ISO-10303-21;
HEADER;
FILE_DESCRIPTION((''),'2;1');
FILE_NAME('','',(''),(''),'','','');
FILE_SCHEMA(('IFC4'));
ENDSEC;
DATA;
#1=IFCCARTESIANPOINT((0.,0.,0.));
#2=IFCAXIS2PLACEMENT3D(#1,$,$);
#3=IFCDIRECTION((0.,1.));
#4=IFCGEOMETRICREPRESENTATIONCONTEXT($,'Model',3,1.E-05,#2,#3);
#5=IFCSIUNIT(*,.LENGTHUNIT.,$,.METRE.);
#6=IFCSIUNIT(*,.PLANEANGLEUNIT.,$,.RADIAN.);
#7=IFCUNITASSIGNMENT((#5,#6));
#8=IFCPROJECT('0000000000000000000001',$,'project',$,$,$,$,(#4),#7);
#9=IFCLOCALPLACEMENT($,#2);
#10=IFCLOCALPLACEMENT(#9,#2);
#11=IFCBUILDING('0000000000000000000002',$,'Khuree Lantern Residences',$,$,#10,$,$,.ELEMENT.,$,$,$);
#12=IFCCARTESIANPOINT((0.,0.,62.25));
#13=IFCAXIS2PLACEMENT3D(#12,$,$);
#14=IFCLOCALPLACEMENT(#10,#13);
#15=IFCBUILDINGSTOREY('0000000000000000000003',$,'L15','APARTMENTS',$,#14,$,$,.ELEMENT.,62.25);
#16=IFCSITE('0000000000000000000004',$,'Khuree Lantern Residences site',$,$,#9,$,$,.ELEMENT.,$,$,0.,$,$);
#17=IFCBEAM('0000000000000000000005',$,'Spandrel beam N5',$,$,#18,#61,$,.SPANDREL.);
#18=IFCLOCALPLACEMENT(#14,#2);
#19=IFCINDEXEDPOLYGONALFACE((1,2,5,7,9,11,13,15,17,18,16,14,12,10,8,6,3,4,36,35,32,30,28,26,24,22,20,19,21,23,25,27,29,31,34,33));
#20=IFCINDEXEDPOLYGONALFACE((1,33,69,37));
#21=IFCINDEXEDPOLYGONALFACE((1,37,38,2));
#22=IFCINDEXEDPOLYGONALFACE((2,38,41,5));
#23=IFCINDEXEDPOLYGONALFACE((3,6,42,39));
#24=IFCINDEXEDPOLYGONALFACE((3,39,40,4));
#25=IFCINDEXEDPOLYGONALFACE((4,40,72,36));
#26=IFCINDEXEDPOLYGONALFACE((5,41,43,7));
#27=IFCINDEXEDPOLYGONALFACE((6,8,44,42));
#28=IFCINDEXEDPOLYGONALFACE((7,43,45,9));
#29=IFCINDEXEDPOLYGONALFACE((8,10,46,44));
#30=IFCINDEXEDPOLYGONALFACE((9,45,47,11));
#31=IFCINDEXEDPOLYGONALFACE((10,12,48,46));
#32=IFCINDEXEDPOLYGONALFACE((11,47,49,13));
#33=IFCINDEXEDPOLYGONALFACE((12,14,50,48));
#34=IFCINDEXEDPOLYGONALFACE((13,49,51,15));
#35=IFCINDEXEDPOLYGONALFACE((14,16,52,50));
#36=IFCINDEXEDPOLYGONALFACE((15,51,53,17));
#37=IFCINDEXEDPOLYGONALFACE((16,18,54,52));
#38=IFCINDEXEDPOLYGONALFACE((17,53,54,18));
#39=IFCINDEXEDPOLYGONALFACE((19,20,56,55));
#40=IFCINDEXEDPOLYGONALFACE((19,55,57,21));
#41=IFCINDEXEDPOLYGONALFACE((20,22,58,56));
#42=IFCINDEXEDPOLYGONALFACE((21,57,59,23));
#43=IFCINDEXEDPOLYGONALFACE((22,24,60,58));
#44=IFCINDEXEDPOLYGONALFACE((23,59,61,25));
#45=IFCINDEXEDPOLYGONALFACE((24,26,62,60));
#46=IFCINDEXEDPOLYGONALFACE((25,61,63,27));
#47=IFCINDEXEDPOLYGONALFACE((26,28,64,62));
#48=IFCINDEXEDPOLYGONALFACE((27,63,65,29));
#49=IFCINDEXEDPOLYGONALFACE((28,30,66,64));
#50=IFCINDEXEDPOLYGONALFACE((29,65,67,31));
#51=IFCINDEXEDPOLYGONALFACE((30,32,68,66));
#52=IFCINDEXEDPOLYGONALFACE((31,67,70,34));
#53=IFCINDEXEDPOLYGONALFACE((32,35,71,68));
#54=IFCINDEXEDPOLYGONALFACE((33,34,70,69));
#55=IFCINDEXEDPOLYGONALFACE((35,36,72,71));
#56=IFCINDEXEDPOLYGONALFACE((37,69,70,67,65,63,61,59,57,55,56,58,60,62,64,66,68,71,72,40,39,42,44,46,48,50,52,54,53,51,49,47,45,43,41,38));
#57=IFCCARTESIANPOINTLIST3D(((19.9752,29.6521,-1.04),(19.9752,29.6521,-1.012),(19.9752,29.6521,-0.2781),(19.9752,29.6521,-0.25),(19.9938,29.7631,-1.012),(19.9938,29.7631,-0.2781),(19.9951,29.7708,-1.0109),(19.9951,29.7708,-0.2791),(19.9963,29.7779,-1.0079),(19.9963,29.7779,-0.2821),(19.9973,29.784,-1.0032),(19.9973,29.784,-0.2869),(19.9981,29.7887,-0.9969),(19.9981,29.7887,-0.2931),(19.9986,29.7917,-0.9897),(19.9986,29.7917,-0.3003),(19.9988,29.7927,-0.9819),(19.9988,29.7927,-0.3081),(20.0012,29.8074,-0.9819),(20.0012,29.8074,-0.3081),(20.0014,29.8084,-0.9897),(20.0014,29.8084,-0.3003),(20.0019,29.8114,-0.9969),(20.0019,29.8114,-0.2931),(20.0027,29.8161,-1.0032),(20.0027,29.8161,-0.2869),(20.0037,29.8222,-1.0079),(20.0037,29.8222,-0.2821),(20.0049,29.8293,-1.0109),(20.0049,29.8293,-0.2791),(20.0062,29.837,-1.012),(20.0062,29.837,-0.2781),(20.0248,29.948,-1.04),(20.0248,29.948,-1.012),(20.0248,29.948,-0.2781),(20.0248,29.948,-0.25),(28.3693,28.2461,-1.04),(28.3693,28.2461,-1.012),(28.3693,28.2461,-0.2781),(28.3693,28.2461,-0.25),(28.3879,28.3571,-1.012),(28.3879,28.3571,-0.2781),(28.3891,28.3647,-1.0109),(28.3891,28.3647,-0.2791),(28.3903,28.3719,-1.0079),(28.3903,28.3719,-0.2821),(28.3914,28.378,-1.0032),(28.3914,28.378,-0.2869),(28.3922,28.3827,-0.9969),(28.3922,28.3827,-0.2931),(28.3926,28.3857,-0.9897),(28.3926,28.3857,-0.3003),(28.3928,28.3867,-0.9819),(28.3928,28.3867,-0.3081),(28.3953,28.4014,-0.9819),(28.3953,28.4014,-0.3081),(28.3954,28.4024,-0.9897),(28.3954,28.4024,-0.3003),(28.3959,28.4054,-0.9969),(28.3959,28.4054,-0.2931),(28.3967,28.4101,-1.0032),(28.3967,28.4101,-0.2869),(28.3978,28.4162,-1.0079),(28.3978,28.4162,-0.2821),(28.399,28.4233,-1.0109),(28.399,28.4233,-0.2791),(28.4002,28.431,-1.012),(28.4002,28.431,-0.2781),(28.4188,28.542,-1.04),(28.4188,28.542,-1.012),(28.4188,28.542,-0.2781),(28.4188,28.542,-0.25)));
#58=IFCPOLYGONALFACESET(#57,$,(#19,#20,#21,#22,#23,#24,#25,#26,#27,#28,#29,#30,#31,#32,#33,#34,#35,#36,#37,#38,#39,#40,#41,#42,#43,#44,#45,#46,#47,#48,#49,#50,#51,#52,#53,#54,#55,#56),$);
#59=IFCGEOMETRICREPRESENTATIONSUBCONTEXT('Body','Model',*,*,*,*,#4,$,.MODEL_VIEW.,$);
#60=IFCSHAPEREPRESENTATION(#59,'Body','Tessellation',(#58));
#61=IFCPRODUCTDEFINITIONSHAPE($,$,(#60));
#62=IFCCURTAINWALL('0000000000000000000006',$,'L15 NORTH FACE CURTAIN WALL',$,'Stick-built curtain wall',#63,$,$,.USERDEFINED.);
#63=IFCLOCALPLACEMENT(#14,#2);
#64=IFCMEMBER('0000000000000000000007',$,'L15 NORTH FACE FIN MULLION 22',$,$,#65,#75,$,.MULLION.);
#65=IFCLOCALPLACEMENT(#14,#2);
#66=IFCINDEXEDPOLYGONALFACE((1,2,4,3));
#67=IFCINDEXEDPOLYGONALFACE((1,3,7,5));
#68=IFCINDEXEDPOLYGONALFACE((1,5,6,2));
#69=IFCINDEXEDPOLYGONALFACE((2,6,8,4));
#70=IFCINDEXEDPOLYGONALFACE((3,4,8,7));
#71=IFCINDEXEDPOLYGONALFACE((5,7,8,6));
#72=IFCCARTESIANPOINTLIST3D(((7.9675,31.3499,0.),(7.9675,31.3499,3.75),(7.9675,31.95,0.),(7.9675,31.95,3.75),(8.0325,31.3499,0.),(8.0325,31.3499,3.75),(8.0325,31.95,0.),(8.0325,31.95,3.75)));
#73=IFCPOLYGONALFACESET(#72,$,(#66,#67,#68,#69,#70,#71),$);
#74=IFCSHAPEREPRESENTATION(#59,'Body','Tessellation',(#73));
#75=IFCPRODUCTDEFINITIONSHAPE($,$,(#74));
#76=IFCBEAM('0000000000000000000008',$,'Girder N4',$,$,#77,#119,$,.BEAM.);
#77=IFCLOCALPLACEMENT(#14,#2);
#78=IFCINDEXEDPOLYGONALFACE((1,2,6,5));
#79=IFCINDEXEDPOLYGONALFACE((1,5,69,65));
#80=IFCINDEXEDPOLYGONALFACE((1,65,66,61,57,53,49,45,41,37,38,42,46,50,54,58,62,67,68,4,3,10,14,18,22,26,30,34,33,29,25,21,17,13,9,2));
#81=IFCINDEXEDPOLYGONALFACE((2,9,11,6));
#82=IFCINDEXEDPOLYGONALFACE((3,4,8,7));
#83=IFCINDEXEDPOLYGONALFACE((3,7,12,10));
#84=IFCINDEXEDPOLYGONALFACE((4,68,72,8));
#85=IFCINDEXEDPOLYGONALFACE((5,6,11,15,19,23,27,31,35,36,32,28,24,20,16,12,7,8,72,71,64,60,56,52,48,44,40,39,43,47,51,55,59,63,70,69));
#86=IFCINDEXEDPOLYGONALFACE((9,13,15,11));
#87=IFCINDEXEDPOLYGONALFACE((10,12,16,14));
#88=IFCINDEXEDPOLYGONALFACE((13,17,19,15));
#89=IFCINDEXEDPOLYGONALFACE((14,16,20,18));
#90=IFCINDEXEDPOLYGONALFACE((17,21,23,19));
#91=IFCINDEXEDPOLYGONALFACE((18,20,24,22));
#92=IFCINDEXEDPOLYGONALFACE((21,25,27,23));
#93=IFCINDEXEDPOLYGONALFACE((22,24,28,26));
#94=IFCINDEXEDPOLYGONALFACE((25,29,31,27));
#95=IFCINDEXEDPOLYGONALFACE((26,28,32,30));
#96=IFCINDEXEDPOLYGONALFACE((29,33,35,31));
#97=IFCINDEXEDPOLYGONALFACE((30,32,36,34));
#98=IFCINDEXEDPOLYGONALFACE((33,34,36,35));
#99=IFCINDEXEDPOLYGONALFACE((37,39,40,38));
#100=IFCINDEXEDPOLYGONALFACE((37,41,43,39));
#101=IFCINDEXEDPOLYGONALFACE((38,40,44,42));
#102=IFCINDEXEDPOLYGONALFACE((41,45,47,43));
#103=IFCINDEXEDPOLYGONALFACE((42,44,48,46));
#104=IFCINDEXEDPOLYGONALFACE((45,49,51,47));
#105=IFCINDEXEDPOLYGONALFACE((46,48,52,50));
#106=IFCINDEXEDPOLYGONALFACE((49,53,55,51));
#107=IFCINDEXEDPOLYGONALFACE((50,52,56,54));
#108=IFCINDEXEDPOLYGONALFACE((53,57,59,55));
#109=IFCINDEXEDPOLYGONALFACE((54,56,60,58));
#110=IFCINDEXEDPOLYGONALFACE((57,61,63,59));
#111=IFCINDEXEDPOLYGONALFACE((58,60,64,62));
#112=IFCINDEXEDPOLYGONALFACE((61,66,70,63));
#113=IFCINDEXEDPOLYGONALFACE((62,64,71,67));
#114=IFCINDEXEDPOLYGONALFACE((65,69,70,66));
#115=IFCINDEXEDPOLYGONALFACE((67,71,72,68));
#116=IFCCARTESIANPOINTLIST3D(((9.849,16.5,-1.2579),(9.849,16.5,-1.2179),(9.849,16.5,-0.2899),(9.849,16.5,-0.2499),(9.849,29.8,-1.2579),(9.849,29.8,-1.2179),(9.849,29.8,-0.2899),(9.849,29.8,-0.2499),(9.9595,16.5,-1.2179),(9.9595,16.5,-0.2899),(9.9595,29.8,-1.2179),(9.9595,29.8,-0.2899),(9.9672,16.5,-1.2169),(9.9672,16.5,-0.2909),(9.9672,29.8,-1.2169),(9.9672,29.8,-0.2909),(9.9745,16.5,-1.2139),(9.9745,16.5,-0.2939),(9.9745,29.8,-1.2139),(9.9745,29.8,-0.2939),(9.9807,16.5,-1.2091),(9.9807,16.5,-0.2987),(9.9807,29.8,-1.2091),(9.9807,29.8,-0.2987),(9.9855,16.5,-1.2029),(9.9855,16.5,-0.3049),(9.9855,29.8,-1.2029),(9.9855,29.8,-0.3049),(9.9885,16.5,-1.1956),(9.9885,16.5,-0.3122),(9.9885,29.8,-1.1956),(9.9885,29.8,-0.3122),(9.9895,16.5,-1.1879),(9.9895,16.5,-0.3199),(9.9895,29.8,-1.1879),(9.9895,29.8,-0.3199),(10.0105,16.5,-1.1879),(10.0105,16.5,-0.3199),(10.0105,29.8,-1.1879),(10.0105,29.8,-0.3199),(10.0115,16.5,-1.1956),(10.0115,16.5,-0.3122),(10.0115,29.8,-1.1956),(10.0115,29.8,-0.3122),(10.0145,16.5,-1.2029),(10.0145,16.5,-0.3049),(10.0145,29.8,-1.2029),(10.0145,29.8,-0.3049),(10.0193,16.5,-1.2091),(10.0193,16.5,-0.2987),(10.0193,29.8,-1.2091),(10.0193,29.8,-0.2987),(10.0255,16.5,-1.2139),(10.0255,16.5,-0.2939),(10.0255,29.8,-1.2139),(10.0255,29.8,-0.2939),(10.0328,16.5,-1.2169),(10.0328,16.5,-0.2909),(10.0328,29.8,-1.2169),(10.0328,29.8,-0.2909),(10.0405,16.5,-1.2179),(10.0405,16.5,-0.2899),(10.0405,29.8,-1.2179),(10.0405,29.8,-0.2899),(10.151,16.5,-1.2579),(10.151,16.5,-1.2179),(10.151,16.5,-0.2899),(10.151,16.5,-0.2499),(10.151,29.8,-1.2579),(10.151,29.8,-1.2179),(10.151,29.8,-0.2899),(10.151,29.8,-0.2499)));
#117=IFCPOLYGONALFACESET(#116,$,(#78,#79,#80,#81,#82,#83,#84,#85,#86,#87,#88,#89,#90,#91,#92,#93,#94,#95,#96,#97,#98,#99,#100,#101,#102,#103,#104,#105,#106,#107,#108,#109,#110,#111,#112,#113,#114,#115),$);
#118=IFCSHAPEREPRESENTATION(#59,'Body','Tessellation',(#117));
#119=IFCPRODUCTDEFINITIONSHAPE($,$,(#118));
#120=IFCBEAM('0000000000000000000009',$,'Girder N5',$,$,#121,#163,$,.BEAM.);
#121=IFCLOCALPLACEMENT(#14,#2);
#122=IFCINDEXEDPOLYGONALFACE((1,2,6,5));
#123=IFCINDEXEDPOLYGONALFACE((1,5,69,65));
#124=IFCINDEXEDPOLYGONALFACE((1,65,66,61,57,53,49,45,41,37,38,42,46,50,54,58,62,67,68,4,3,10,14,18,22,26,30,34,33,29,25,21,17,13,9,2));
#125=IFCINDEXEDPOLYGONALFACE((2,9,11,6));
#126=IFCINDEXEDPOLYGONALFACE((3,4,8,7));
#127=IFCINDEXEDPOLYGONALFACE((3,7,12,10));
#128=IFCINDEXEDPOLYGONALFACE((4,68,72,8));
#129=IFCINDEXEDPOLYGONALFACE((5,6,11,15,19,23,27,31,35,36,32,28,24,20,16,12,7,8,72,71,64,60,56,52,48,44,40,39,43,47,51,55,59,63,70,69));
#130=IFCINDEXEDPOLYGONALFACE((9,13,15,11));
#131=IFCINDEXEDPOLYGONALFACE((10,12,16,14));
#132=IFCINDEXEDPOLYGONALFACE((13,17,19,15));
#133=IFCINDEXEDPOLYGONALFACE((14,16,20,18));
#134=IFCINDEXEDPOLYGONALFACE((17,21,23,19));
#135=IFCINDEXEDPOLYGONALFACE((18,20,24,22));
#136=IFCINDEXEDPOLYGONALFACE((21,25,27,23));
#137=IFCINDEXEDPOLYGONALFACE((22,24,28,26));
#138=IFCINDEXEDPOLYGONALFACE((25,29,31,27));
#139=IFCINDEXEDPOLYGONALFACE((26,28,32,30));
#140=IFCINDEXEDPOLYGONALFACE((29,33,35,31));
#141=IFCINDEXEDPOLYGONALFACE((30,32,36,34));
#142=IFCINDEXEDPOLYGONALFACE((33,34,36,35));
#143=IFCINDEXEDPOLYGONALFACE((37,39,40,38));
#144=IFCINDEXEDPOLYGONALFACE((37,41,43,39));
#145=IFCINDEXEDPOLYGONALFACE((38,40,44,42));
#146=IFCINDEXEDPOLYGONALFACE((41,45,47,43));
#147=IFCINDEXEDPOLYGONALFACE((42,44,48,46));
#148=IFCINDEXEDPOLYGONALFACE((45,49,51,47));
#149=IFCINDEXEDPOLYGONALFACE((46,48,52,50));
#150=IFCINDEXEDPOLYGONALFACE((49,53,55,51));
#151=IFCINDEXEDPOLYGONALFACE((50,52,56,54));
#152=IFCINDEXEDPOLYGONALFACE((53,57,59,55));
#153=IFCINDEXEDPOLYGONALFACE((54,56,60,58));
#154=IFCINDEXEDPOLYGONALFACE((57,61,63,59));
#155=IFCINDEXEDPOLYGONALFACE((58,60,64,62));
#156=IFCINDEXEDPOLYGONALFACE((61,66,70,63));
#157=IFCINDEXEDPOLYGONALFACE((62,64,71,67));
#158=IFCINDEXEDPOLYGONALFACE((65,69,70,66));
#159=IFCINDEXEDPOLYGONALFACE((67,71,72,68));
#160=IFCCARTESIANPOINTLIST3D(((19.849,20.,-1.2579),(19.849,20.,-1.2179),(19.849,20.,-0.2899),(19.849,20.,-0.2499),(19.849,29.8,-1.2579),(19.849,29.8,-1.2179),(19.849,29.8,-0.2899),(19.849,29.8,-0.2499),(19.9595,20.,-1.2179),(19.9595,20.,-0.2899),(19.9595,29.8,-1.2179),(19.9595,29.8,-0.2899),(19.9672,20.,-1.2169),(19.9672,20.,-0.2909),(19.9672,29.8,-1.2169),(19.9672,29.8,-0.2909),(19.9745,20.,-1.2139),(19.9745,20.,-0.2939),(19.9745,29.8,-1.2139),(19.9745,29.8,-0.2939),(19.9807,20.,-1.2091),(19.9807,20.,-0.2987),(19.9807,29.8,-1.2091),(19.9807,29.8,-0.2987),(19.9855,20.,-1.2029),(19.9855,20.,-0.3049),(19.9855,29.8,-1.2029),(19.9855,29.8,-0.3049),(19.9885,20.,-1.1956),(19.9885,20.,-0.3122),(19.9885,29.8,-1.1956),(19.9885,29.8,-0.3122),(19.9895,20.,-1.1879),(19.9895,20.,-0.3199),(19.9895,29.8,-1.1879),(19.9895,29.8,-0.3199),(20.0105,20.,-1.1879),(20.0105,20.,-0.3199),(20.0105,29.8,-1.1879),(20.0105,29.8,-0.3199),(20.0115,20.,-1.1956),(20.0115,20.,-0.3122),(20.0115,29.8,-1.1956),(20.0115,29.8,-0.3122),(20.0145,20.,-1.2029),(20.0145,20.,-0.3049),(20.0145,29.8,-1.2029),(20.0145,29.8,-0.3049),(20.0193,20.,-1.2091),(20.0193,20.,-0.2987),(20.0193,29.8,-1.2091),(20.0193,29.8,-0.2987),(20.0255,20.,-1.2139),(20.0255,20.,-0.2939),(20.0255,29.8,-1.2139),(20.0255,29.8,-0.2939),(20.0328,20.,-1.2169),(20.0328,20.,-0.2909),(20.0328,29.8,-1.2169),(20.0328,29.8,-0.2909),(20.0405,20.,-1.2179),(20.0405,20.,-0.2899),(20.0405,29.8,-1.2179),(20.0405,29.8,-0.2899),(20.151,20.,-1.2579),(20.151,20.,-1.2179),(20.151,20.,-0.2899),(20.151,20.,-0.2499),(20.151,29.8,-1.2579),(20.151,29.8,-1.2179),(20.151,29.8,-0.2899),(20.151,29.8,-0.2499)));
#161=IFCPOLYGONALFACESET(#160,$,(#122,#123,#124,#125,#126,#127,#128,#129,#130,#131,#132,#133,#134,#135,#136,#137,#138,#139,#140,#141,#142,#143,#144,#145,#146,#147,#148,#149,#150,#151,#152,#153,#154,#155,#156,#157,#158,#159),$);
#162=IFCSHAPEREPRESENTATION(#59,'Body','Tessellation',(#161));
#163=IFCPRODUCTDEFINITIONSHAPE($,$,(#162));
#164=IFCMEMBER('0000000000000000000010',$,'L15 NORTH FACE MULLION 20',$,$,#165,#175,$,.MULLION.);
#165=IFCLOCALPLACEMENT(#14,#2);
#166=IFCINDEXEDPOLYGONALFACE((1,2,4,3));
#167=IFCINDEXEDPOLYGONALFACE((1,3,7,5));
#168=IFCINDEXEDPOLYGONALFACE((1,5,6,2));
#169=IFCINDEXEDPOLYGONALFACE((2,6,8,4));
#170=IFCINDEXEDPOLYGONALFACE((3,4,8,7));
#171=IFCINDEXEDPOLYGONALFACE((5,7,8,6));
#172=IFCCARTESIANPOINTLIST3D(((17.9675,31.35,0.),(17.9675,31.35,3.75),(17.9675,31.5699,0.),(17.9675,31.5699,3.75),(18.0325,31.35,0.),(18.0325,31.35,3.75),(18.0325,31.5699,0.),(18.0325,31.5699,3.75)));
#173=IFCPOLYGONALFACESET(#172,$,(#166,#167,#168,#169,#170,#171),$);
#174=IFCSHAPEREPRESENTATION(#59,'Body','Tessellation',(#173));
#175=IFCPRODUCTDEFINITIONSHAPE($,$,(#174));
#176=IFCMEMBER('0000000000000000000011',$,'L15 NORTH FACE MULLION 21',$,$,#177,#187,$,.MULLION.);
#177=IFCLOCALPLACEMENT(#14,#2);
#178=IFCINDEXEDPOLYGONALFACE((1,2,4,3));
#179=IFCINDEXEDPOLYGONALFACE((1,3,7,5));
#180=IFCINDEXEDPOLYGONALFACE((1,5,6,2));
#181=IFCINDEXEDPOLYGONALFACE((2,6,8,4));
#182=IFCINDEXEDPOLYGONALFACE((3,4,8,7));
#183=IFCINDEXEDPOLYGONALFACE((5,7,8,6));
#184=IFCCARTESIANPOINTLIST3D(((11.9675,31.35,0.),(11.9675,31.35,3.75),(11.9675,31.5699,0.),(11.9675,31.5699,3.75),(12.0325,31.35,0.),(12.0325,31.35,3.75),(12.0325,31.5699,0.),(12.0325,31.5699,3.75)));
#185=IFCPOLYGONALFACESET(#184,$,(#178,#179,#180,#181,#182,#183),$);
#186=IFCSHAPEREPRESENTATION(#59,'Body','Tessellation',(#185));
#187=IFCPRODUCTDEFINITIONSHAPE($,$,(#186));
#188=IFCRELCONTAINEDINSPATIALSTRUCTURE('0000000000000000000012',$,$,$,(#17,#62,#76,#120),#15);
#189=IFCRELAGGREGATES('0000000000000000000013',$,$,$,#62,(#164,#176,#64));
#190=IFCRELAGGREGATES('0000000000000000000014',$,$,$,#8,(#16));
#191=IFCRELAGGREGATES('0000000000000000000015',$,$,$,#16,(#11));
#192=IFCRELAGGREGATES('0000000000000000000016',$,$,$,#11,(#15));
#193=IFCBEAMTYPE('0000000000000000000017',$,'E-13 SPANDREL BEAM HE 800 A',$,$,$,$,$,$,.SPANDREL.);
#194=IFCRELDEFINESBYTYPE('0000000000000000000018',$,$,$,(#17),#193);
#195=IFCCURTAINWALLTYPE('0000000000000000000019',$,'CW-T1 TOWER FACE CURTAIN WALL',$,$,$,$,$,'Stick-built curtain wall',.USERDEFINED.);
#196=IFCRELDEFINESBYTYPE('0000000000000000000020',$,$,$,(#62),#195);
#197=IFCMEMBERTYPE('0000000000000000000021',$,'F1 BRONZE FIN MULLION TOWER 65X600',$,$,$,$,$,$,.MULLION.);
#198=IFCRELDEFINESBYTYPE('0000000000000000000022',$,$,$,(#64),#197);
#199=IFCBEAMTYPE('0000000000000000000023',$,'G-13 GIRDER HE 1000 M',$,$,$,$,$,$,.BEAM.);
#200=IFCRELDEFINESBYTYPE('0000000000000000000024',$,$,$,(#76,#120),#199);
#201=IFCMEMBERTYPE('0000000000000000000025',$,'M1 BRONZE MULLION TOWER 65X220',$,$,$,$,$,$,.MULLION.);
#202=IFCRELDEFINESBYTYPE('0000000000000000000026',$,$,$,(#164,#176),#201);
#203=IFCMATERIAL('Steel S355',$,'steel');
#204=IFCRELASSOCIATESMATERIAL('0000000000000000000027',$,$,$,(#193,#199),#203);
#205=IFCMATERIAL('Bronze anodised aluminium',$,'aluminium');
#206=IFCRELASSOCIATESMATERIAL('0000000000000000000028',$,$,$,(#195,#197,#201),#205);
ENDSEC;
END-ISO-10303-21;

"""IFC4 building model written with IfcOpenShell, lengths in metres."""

from ifc_helpers import new_model, si_unit, direction, frame, origin, origin_2d, place, context, subcontext, project, spatial, rectangle, i_section, extrude, material, material_profile, profile_set, type_object, element, aggregate, save


model = new_model("IFC4")

# Units and contexts
model_context = context("Model", 3, precision=1e-05, world=origin(), true_north=direction((0.0, 1.0)))
body_context = subcontext(model_context, "Body", "Model", "MODEL_VIEW")
ifc_project = project(units=[si_unit("LENGTHUNIT", "METRE"), si_unit("PLANEANGLEUNIT", "RADIAN")], contexts=[model_context])

# Site, building, storey
site_placement = place(None, origin())
site = spatial("IfcSite", under=ifc_project, at=site_placement, Name="Khuree Lantern Residences site", CompositionType="ELEMENT", RefElevation=0.0)
building_placement = place(site_placement, origin())
building = spatial("IfcBuilding", under=site, at=building_placement, Name="Khuree Lantern Residences", CompositionType="ELEMENT")
storey_placement = place(building_placement, frame((0.0, 0.0, 62.25)))
storey = spatial("IfcBuildingStorey", under=building, at=storey_placement, Name="L15", Description="APARTMENTS", CompositionType="ELEMENT", Elevation=62.25)

# Beam
ifc_material_1 = material(Name="Steel S355", Category="steel")
ifc_material_profile_1 = material_profile(ifc_material_1, i_section(OverallWidth=0.3, OverallDepth=0.79, WebThickness=0.0149, FlangeThickness=0.0281, FilletRadius=0.03, at=origin_2d()), Name="HE 800 A")
ifc_profile_set_1 = profile_set([ifc_material_profile_1], Name="Steel S355")
beam_type_1 = type_object("IfcBeamType", Name="E-13 SPANDREL BEAM HE 800 A", PredefinedType="SPANDREL", material=ifc_profile_set_1)
beam_1_placement = place(storey_placement, frame((20.0, 29.8, -0.645), z_axis=(0.98626, -0.165199, 0.0), x_axis=(0.165199, 0.98626, 0.0)))
element("IfcBeam", 1, at=beam_1_placement, inside=storey, type_object=beam_type_1, Name="Spandrel beam N5", PredefinedType="SPANDREL", context=body_context, shape_type="SweptSolid", body=[
    extrude(i_section(OverallWidth=0.3, OverallDepth=0.79, WebThickness=0.0149, FlangeThickness=0.0281, FilletRadius=0.03, at=origin_2d()), origin(), (0.0, 0.0, 1.0), 8.511),
])

# Curtain wall, member
ifc_material_2 = material(Name="Bronze anodised aluminium", Category="aluminium")
curtain_wall_type = type_object("IfcCurtainWallType", Name="CW-T1 TOWER FACE CURTAIN WALL", ElementType="Stick-built curtain wall", PredefinedType="USERDEFINED", material=ifc_material_2)
curtain_wall_placement = place(storey_placement, origin())
curtain_wall = element("IfcCurtainWall", 2, at=curtain_wall_placement, inside=storey, type_object=curtain_wall_type, Name="L15 NORTH FACE CURTAIN WALL", ObjectType="Stick-built curtain wall", PredefinedType="USERDEFINED")
ifc_material_profile_2 = material_profile(ifc_material_2, rectangle(XDim=0.0649, YDim=0.6001, at=origin_2d()), Name="F1 65X600")
ifc_profile_set_2 = profile_set([ifc_material_profile_2], Name="Bronze anodised aluminium")
member_type_1 = type_object("IfcMemberType", Name="F1 BRONZE FIN MULLION TOWER 65X600", PredefinedType="MULLION", material=ifc_profile_set_2)
member_1_placement = place(storey_placement, frame((8.0, 31.6499, 0.0), z_axis=(0.0, 0.0, 1.0), x_axis=(-1.0, 0.0, 0.0)))
member_1 = element("IfcMember", 3, at=member_1_placement, type_object=member_type_1, Name="L15 NORTH FACE FIN MULLION 22", PredefinedType="MULLION", context=body_context, shape_type="SweptSolid", body=[
    extrude(rectangle(XDim=0.0649, YDim=0.6001, at=origin_2d()), origin(), (0.0, 0.0, 1.0), 3.75),
])

# Beams
ifc_material_profile_3 = material_profile(ifc_material_1, i_section(OverallWidth=0.302, OverallDepth=1.0081, WebThickness=0.021, FlangeThickness=0.04, FilletRadius=0.03, at=origin_2d()), Name="HE 1000 M")
ifc_profile_set_3 = profile_set([ifc_material_profile_3], Name="Steel S355")
beam_type_2 = type_object("IfcBeamType", Name="G-13 GIRDER HE 1000 M", PredefinedType="BEAM", material=ifc_profile_set_3)
beam_2_placement = place(storey_placement, frame((10.0, 29.8, -0.7539), z_axis=(0.0, -1.0, 0.0), x_axis=(1.0, 0.0, 0.0)))
element("IfcBeam", 4, at=beam_2_placement, inside=storey, type_object=beam_type_2, Name="Girder N4", PredefinedType="BEAM", context=body_context, shape_type="SweptSolid", body=[
    extrude(i_section(OverallWidth=0.302, OverallDepth=1.0081, WebThickness=0.021, FlangeThickness=0.04, FilletRadius=0.03, at=origin_2d()), origin(), (0.0, 0.0, 1.0), 13.3),
])
beam_3_placement = place(storey_placement, frame((20.0, 29.8, -0.7539), z_axis=(0.0, -1.0, 0.0), x_axis=(1.0, 0.0, 0.0)))
element("IfcBeam", 5, at=beam_3_placement, inside=storey, type_object=beam_type_2, Name="Girder N5", PredefinedType="BEAM", context=body_context, shape_type="SweptSolid", body=[
    extrude(i_section(OverallWidth=0.302, OverallDepth=1.0081, WebThickness=0.021, FlangeThickness=0.04, FilletRadius=0.03, at=origin_2d()), origin(), (0.0, 0.0, 1.0), 9.8),
])

# Members
ifc_material_profile_4 = material_profile(ifc_material_2, rectangle(XDim=0.0649, YDim=0.22, at=origin_2d()), Name="M1 65X220")
ifc_profile_set_4 = profile_set([ifc_material_profile_4], Name="Bronze anodised aluminium")
member_type_2 = type_object("IfcMemberType", Name="M1 BRONZE MULLION TOWER 65X220", PredefinedType="MULLION", material=ifc_profile_set_4)
member_2_placement = place(storey_placement, frame((18.0, 31.46, 0.0), z_axis=(0.0, 0.0, 1.0), x_axis=(-1.0, 0.0, 0.0)))
member_2 = element("IfcMember", 6, at=member_2_placement, type_object=member_type_2, Name="L15 NORTH FACE MULLION 20", PredefinedType="MULLION", context=body_context, shape_type="SweptSolid", body=[
    extrude(rectangle(XDim=0.0649, YDim=0.22, at=origin_2d()), origin(), (0.0, 0.0, 1.0), 3.75),
])
member_3_placement = place(storey_placement, frame((12.0, 31.46, 0.0), z_axis=(0.0, 0.0, 1.0), x_axis=(-1.0, 0.0, 0.0)))
member_3 = element("IfcMember", 7, at=member_3_placement, type_object=member_type_2, Name="L15 NORTH FACE MULLION 21", PredefinedType="MULLION", context=body_context, shape_type="SweptSolid", body=[
    extrude(rectangle(XDim=0.0649, YDim=0.22, at=origin_2d()), origin(), (0.0, 0.0, 1.0), 3.75),
])

aggregate(curtain_wall, [member_2, member_3, member_1])

save(model, "model.ifc")
